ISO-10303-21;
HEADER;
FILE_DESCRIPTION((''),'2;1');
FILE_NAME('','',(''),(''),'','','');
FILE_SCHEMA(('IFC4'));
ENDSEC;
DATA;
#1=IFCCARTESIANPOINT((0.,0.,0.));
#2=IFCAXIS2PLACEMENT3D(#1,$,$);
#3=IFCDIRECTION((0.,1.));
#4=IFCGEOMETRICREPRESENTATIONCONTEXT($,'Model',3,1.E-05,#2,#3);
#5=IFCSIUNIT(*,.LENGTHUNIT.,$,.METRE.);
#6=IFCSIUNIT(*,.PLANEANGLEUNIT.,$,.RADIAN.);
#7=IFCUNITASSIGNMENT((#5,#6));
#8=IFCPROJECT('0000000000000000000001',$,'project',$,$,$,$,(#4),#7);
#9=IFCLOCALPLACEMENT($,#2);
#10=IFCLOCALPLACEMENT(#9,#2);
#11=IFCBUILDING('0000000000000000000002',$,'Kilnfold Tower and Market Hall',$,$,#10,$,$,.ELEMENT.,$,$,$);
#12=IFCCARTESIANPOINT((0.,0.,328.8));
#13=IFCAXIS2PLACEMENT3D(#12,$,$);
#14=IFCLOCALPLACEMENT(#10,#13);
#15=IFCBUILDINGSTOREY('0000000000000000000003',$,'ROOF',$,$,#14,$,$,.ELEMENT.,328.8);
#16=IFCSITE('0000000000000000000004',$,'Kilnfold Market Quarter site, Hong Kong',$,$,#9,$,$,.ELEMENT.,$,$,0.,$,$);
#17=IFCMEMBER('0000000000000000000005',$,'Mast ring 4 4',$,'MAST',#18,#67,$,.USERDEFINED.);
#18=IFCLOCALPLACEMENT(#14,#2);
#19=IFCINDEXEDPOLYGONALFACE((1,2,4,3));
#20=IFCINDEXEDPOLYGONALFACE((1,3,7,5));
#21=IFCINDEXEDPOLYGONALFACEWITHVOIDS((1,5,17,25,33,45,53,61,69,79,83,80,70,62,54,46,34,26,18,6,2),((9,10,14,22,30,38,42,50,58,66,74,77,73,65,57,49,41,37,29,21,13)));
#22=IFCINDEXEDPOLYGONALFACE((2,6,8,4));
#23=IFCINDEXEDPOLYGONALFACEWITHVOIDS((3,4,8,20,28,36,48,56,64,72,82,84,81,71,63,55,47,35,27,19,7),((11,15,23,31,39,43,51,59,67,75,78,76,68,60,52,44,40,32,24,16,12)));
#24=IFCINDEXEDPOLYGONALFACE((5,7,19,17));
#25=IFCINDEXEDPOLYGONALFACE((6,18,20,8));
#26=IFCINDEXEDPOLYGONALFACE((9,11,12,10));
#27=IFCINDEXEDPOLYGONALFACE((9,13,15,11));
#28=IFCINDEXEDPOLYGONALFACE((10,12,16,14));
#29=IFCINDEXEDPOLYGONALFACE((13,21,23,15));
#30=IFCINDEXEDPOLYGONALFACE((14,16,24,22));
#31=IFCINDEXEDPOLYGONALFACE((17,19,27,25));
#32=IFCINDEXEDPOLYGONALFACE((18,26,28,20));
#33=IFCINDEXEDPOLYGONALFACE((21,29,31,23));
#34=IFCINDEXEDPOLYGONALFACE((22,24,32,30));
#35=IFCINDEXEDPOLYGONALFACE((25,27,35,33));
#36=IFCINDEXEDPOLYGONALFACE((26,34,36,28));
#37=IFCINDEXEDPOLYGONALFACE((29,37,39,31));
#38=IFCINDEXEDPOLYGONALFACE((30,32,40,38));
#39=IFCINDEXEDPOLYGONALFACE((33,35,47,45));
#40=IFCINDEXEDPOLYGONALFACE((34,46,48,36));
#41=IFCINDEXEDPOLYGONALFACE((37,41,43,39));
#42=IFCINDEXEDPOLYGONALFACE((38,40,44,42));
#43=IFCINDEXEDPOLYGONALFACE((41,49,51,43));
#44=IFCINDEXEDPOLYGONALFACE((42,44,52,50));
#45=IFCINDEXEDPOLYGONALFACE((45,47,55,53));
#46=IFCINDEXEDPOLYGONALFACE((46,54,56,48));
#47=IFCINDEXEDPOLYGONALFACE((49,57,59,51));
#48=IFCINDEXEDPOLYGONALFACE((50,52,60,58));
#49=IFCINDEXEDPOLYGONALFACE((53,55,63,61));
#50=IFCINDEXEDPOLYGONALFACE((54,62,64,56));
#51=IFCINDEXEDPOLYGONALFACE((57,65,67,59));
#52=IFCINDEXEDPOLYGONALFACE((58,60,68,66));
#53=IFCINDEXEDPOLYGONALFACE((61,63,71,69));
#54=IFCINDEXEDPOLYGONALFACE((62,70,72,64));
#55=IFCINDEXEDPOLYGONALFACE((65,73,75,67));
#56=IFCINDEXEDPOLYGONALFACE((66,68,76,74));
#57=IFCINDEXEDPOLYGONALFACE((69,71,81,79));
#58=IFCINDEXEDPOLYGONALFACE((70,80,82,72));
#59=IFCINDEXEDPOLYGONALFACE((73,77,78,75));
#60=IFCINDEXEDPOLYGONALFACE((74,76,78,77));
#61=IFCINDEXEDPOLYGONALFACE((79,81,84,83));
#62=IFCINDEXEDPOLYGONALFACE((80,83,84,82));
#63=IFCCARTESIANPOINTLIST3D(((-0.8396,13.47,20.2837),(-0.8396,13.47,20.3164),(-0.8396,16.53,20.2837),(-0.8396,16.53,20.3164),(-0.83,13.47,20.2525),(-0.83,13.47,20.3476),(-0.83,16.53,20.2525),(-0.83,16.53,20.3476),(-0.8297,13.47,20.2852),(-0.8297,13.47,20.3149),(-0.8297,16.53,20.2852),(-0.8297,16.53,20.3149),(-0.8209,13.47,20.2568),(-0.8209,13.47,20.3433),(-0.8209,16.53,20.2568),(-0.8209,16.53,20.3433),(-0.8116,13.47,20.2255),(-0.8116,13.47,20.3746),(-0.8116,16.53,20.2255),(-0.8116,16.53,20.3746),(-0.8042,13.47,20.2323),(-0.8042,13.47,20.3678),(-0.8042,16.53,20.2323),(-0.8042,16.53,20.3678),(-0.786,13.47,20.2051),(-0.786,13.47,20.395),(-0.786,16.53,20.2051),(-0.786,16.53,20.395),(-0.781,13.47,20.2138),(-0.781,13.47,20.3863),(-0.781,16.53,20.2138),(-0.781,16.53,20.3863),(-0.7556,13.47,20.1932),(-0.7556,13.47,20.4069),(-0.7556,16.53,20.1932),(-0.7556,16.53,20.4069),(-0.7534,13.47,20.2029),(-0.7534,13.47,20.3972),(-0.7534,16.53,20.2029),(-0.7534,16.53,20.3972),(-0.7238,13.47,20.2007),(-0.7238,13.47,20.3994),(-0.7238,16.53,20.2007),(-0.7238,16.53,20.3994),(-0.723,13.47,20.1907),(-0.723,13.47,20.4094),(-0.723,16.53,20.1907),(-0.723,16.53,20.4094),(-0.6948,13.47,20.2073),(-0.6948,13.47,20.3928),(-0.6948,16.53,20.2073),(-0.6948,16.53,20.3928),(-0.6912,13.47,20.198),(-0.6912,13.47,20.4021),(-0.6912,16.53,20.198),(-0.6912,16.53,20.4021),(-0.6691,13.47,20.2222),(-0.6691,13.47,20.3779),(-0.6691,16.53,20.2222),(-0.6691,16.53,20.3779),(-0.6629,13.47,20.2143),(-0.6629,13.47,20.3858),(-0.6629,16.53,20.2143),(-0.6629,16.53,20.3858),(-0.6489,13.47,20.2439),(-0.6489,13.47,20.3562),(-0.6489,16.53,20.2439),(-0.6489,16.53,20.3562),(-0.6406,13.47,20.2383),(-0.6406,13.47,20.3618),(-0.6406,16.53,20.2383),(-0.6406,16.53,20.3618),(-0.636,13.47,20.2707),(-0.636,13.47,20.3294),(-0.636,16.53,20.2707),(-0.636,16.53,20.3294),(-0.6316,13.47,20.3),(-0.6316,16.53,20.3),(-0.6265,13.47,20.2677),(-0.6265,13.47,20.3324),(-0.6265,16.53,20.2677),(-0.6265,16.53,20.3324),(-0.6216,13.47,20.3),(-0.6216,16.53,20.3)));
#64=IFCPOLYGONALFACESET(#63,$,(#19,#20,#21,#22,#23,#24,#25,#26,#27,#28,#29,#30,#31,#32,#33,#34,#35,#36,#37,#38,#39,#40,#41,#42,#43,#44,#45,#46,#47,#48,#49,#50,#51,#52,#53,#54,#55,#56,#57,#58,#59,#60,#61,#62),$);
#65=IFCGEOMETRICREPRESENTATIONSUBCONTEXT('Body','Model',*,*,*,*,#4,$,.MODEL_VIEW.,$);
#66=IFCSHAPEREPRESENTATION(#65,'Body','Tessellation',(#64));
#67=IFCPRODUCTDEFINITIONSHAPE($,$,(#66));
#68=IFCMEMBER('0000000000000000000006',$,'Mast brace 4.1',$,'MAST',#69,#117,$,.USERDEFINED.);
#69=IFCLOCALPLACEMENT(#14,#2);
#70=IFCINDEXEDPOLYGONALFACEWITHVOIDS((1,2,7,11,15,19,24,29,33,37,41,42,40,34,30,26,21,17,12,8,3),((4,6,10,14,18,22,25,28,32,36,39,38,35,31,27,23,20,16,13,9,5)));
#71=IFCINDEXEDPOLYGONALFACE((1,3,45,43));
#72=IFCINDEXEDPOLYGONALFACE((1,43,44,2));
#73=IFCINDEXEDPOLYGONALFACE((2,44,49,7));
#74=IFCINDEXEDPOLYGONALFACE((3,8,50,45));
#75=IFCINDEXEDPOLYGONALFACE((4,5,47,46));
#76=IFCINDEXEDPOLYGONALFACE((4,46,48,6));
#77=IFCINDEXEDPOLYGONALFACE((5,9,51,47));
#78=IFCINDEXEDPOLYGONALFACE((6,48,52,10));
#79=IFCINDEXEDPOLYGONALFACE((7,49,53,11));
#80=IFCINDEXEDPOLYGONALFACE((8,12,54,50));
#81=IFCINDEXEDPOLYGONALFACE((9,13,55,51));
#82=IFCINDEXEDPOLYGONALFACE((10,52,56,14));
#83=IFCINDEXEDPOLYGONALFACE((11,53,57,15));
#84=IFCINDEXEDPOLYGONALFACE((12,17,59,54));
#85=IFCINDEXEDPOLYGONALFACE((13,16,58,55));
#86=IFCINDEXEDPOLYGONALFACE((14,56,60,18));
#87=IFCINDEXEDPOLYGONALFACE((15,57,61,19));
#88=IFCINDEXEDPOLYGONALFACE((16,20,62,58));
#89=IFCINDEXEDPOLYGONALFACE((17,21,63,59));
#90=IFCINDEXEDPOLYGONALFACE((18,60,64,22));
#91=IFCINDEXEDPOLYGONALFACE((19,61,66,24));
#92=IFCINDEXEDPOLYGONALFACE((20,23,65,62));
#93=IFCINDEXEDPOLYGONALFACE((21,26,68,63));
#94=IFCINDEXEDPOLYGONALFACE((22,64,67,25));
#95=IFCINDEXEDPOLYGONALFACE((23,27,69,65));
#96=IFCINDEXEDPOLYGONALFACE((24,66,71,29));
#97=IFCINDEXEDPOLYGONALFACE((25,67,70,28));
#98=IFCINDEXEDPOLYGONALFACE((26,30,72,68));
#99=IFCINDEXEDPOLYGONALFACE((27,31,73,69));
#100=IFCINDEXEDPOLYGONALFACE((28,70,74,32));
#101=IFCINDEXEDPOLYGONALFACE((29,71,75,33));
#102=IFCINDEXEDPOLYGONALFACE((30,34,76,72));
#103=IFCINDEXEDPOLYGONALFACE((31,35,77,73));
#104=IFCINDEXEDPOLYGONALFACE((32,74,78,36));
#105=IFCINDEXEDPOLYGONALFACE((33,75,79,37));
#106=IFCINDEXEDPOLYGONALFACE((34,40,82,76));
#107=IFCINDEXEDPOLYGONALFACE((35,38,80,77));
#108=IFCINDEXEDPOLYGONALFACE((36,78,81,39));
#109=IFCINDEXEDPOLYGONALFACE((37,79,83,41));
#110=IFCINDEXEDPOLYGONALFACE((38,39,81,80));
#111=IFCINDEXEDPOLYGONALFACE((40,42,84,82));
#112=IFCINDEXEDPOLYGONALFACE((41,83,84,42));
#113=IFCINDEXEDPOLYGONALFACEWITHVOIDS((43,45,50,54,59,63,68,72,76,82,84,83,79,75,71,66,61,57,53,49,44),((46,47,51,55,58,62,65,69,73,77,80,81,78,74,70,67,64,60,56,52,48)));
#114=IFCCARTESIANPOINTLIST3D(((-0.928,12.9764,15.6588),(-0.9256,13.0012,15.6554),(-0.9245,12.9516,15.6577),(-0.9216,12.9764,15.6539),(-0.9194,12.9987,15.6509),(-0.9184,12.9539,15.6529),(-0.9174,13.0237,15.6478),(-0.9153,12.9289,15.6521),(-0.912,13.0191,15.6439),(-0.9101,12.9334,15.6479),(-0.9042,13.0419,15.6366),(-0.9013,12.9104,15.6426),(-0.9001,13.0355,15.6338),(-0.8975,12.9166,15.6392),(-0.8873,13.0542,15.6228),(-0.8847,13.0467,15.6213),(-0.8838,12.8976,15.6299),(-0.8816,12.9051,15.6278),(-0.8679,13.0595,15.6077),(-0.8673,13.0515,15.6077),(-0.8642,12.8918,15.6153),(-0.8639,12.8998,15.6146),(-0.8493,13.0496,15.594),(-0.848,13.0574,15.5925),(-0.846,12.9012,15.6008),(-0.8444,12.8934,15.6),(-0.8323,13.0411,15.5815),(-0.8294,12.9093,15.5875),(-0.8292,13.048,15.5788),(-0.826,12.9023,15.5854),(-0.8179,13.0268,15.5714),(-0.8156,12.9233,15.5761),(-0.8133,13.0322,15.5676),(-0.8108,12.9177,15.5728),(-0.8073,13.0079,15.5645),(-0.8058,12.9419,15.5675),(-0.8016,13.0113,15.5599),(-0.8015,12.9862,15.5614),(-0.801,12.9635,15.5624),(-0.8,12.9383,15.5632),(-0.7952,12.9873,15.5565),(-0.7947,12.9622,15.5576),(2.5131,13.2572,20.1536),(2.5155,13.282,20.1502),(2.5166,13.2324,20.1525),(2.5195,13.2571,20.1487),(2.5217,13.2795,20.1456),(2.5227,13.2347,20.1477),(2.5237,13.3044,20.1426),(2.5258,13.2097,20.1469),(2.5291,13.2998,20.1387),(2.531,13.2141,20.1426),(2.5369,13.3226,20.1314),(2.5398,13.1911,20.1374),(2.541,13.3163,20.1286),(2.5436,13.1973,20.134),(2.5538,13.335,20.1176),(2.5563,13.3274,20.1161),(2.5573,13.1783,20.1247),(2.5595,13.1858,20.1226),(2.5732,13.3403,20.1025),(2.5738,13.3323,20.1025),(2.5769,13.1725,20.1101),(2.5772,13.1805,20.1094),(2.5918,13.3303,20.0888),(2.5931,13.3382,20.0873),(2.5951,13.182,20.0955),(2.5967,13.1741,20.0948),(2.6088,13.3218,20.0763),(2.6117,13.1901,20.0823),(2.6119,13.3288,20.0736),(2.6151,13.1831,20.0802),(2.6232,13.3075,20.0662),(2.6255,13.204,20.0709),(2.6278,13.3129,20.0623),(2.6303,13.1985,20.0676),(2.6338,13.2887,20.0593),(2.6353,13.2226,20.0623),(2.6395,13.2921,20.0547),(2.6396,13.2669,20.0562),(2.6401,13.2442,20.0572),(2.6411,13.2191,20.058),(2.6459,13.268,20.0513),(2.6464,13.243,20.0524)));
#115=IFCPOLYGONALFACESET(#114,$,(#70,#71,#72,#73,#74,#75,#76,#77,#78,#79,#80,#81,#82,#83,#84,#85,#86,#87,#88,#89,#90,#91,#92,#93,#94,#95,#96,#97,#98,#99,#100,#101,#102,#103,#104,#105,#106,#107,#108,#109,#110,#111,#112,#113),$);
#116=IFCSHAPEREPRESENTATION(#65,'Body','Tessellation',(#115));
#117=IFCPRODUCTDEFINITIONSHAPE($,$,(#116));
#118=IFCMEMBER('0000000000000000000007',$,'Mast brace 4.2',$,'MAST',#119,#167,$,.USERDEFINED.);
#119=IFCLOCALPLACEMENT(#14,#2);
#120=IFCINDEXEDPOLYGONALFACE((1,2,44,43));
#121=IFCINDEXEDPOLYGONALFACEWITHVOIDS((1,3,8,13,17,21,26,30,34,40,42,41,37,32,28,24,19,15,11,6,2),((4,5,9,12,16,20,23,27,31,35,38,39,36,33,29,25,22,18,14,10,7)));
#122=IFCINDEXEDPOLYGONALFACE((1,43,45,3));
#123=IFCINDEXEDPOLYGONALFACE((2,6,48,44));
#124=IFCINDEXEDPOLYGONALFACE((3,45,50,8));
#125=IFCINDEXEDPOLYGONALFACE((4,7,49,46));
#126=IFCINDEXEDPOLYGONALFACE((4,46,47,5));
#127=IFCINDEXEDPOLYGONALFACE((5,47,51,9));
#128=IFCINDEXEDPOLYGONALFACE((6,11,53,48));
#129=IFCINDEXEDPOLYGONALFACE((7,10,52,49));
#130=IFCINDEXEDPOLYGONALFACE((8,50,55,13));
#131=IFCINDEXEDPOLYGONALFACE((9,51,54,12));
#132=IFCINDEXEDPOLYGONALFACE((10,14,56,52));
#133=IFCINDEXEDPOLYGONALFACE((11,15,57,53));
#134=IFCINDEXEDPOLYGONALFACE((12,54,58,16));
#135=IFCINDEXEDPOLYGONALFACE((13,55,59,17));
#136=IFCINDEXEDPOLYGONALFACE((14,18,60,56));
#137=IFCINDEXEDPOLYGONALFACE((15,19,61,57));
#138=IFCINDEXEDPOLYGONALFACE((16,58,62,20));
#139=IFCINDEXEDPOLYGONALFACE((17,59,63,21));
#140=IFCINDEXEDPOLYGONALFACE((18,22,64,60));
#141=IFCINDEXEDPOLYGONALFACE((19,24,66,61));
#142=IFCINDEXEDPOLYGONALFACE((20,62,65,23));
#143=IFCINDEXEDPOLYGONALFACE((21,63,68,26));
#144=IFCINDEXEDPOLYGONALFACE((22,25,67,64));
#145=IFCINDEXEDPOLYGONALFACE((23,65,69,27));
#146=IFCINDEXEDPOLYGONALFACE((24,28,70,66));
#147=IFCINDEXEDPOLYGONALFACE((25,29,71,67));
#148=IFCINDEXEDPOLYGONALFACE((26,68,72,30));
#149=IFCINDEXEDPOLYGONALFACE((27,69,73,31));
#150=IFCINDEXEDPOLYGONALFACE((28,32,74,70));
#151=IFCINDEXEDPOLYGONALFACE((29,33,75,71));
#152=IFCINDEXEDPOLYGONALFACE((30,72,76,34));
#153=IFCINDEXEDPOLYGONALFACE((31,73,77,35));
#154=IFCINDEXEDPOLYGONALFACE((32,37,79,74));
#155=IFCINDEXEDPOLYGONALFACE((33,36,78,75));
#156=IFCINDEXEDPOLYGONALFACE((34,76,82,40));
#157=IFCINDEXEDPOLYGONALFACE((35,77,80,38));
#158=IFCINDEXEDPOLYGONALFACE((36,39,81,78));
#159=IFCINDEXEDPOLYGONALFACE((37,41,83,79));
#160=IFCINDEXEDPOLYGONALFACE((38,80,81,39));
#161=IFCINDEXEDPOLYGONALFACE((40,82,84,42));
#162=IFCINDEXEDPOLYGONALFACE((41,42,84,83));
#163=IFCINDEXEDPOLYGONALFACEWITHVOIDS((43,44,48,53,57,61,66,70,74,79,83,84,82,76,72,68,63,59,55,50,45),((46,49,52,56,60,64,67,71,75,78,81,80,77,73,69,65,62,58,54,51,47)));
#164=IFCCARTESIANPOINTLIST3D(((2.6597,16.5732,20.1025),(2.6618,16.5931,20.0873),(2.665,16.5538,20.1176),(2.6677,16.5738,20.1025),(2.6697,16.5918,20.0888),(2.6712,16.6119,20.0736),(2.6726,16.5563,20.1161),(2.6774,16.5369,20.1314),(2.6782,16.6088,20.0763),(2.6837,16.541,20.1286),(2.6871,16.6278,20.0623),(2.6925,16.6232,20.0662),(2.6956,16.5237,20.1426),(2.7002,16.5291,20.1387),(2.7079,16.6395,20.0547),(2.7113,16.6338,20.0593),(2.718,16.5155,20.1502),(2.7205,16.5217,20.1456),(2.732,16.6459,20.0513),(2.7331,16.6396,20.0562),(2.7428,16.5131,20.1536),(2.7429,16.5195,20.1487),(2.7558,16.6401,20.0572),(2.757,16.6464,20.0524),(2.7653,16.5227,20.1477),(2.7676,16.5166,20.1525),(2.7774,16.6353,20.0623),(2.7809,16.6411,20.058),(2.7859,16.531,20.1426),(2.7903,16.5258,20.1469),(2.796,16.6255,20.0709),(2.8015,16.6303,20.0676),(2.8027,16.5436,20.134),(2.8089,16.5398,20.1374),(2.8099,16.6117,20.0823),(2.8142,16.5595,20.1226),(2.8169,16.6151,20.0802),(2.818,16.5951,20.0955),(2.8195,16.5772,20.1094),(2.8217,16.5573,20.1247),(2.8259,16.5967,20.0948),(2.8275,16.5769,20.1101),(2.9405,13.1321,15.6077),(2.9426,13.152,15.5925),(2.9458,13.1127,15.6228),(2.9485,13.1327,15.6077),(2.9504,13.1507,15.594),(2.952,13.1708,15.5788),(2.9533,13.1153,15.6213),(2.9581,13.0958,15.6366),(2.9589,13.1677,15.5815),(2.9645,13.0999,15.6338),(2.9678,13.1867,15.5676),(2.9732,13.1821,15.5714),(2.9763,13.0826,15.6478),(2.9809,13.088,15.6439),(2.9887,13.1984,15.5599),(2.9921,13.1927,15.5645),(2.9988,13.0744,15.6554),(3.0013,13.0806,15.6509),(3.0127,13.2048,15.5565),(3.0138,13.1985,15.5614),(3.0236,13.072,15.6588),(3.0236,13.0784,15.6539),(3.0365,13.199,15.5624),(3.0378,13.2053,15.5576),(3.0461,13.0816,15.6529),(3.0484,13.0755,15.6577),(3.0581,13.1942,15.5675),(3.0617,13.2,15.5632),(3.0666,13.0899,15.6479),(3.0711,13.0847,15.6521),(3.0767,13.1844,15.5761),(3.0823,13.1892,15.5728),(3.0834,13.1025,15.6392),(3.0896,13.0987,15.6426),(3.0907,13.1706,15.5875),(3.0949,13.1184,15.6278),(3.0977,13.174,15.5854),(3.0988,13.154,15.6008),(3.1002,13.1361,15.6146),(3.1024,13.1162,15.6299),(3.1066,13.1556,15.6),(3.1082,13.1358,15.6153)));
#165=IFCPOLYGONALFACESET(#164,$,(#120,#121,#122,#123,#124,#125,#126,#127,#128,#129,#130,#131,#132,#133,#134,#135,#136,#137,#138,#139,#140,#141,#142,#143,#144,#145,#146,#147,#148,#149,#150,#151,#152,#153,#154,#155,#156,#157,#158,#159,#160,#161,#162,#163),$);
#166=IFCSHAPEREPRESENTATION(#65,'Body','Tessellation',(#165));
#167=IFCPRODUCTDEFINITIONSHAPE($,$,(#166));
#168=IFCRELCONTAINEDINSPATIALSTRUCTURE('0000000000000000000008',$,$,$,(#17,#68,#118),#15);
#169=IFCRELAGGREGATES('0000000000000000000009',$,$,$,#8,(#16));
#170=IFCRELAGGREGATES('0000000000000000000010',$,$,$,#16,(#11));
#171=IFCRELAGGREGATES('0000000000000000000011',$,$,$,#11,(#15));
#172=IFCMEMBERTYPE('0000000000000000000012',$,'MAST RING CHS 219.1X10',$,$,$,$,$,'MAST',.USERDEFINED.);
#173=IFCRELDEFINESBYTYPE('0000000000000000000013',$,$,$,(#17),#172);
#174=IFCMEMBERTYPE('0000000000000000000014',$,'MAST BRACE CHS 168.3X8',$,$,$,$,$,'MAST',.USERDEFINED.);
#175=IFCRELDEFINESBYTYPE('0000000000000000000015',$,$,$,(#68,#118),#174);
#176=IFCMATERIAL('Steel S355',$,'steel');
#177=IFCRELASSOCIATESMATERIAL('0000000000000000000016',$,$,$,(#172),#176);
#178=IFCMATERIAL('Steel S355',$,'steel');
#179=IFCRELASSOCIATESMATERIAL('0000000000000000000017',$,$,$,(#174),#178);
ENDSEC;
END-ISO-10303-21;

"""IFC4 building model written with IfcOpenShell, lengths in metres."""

from ifc_helpers import new_model, si_unit, direction, frame, origin, origin_2d, place, context, subcontext, project, spatial, hollow_circle, extrude, source, transform, mapped, material, material_profile, profile_set, type_object, element, save


model = new_model("IFC4")

# Units and contexts
model_context = context("Model", 3, precision=1e-05, world=origin(), true_north=direction((0.0, 1.0)))
body_context = subcontext(model_context, "Body", "Model", "MODEL_VIEW")
ifc_project = project(units=[si_unit("LENGTHUNIT", "METRE"), si_unit("PLANEANGLEUNIT", "RADIAN")], contexts=[model_context])

# Site, building, storey
site_placement = place(None, origin())
site = spatial("IfcSite", under=ifc_project, at=site_placement, Name="Kilnfold Market Quarter site, Hong Kong", CompositionType="ELEMENT", RefElevation=0.0)
building_placement = place(site_placement, origin())
building = spatial("IfcBuilding", under=site, at=building_placement, Name="Kilnfold Tower and Market Hall", CompositionType="ELEMENT")
storey_placement = place(building_placement, frame((0.0, 0.0, 328.8)))
storey = spatial("IfcBuildingStorey", under=building, at=storey_placement, Name="ROOF", CompositionType="ELEMENT", Elevation=328.8)

# Members
ifc_material_1 = material(Name="Steel S355", Category="steel")
ifc_material_profile_1 = material_profile(ifc_material_1, hollow_circle(Radius=0.1096, WallThickness=0.01, at=origin_2d()), Name="CHS 219.1x10")
ifc_profile_set_1 = profile_set([ifc_material_profile_1], Name="Steel S355")
member_type_1 = type_object("IfcMemberType", Name="MAST RING CHS 219.1X10", ElementType="MAST", PredefinedType="USERDEFINED", material=ifc_profile_set_1)
shared_shape_1 = source(origin(), body_context, "Body", "SweptSolid", [
    extrude(hollow_circle(Radius=0.1096, WallThickness=0.01, at=origin_2d()), origin(), (0.0, 0.0, 1.0), 3.0601),
])
for number, where, z_axis, x_axis, name in (
    (1, (-0.7312, 16.53, 20.3), (0.0, -1.0, 0.0), (1.0, 0.0, 0.0), "Mast ring 4 4"),
):
    element("IfcMember", number, at=place(storey_placement, frame(where, z_axis=z_axis, x_axis=x_axis)), inside=storey, type_object=member_type_1, Name=name, ObjectType="MAST", PredefinedType="USERDEFINED", context=body_context, shape_type="MappedRepresentation", body=[
        mapped(shared_shape_1, transform((0.0, 0.0, 0.0))),
    ])
ifc_material_2 = material(Name="Steel S355", Category="steel")
ifc_material_profile_2 = material_profile(ifc_material_2, hollow_circle(Radius=0.0842, WallThickness=0.0081, at=origin_2d()), Name="CHS 168.3x8")
ifc_profile_set_2 = profile_set([ifc_material_profile_2], Name="Steel S355")
member_type_2 = type_object("IfcMemberType", Name="MAST BRACE CHS 168.3X8", ElementType="MAST", PredefinedType="USERDEFINED", material=ifc_profile_set_2)
shared_shape_2 = source(origin(), body_context, "Body", "SweptSolid", [
    extrude(hollow_circle(Radius=0.0842, WallThickness=0.0081, at=origin_2d()), origin(), (0.0, 0.0, 1.0), 5.6677),
])
for number, where, z_axis, x_axis, name in (
    (2, (-0.8611, 12.9756, 15.6077), (0.607139, 0.049536, 0.79305), (-0.081319, 0.996688, 0.0), "Mast brace 4.1"),
    (3, (3.0244, 13.1389, 15.6077), (-0.049536, 0.607139, 0.79305), (-0.996688, -0.081319, 0.0), "Mast brace 4.2"),
):
    element("IfcMember", number, at=place(storey_placement, frame(where, z_axis=z_axis, x_axis=x_axis)), inside=storey, type_object=member_type_2, Name=name, ObjectType="MAST", PredefinedType="USERDEFINED", context=body_context, shape_type="MappedRepresentation", body=[
        mapped(shared_shape_2, transform((0.0, 0.0, 0.0))),
    ])

save(model, "model.ifc")
